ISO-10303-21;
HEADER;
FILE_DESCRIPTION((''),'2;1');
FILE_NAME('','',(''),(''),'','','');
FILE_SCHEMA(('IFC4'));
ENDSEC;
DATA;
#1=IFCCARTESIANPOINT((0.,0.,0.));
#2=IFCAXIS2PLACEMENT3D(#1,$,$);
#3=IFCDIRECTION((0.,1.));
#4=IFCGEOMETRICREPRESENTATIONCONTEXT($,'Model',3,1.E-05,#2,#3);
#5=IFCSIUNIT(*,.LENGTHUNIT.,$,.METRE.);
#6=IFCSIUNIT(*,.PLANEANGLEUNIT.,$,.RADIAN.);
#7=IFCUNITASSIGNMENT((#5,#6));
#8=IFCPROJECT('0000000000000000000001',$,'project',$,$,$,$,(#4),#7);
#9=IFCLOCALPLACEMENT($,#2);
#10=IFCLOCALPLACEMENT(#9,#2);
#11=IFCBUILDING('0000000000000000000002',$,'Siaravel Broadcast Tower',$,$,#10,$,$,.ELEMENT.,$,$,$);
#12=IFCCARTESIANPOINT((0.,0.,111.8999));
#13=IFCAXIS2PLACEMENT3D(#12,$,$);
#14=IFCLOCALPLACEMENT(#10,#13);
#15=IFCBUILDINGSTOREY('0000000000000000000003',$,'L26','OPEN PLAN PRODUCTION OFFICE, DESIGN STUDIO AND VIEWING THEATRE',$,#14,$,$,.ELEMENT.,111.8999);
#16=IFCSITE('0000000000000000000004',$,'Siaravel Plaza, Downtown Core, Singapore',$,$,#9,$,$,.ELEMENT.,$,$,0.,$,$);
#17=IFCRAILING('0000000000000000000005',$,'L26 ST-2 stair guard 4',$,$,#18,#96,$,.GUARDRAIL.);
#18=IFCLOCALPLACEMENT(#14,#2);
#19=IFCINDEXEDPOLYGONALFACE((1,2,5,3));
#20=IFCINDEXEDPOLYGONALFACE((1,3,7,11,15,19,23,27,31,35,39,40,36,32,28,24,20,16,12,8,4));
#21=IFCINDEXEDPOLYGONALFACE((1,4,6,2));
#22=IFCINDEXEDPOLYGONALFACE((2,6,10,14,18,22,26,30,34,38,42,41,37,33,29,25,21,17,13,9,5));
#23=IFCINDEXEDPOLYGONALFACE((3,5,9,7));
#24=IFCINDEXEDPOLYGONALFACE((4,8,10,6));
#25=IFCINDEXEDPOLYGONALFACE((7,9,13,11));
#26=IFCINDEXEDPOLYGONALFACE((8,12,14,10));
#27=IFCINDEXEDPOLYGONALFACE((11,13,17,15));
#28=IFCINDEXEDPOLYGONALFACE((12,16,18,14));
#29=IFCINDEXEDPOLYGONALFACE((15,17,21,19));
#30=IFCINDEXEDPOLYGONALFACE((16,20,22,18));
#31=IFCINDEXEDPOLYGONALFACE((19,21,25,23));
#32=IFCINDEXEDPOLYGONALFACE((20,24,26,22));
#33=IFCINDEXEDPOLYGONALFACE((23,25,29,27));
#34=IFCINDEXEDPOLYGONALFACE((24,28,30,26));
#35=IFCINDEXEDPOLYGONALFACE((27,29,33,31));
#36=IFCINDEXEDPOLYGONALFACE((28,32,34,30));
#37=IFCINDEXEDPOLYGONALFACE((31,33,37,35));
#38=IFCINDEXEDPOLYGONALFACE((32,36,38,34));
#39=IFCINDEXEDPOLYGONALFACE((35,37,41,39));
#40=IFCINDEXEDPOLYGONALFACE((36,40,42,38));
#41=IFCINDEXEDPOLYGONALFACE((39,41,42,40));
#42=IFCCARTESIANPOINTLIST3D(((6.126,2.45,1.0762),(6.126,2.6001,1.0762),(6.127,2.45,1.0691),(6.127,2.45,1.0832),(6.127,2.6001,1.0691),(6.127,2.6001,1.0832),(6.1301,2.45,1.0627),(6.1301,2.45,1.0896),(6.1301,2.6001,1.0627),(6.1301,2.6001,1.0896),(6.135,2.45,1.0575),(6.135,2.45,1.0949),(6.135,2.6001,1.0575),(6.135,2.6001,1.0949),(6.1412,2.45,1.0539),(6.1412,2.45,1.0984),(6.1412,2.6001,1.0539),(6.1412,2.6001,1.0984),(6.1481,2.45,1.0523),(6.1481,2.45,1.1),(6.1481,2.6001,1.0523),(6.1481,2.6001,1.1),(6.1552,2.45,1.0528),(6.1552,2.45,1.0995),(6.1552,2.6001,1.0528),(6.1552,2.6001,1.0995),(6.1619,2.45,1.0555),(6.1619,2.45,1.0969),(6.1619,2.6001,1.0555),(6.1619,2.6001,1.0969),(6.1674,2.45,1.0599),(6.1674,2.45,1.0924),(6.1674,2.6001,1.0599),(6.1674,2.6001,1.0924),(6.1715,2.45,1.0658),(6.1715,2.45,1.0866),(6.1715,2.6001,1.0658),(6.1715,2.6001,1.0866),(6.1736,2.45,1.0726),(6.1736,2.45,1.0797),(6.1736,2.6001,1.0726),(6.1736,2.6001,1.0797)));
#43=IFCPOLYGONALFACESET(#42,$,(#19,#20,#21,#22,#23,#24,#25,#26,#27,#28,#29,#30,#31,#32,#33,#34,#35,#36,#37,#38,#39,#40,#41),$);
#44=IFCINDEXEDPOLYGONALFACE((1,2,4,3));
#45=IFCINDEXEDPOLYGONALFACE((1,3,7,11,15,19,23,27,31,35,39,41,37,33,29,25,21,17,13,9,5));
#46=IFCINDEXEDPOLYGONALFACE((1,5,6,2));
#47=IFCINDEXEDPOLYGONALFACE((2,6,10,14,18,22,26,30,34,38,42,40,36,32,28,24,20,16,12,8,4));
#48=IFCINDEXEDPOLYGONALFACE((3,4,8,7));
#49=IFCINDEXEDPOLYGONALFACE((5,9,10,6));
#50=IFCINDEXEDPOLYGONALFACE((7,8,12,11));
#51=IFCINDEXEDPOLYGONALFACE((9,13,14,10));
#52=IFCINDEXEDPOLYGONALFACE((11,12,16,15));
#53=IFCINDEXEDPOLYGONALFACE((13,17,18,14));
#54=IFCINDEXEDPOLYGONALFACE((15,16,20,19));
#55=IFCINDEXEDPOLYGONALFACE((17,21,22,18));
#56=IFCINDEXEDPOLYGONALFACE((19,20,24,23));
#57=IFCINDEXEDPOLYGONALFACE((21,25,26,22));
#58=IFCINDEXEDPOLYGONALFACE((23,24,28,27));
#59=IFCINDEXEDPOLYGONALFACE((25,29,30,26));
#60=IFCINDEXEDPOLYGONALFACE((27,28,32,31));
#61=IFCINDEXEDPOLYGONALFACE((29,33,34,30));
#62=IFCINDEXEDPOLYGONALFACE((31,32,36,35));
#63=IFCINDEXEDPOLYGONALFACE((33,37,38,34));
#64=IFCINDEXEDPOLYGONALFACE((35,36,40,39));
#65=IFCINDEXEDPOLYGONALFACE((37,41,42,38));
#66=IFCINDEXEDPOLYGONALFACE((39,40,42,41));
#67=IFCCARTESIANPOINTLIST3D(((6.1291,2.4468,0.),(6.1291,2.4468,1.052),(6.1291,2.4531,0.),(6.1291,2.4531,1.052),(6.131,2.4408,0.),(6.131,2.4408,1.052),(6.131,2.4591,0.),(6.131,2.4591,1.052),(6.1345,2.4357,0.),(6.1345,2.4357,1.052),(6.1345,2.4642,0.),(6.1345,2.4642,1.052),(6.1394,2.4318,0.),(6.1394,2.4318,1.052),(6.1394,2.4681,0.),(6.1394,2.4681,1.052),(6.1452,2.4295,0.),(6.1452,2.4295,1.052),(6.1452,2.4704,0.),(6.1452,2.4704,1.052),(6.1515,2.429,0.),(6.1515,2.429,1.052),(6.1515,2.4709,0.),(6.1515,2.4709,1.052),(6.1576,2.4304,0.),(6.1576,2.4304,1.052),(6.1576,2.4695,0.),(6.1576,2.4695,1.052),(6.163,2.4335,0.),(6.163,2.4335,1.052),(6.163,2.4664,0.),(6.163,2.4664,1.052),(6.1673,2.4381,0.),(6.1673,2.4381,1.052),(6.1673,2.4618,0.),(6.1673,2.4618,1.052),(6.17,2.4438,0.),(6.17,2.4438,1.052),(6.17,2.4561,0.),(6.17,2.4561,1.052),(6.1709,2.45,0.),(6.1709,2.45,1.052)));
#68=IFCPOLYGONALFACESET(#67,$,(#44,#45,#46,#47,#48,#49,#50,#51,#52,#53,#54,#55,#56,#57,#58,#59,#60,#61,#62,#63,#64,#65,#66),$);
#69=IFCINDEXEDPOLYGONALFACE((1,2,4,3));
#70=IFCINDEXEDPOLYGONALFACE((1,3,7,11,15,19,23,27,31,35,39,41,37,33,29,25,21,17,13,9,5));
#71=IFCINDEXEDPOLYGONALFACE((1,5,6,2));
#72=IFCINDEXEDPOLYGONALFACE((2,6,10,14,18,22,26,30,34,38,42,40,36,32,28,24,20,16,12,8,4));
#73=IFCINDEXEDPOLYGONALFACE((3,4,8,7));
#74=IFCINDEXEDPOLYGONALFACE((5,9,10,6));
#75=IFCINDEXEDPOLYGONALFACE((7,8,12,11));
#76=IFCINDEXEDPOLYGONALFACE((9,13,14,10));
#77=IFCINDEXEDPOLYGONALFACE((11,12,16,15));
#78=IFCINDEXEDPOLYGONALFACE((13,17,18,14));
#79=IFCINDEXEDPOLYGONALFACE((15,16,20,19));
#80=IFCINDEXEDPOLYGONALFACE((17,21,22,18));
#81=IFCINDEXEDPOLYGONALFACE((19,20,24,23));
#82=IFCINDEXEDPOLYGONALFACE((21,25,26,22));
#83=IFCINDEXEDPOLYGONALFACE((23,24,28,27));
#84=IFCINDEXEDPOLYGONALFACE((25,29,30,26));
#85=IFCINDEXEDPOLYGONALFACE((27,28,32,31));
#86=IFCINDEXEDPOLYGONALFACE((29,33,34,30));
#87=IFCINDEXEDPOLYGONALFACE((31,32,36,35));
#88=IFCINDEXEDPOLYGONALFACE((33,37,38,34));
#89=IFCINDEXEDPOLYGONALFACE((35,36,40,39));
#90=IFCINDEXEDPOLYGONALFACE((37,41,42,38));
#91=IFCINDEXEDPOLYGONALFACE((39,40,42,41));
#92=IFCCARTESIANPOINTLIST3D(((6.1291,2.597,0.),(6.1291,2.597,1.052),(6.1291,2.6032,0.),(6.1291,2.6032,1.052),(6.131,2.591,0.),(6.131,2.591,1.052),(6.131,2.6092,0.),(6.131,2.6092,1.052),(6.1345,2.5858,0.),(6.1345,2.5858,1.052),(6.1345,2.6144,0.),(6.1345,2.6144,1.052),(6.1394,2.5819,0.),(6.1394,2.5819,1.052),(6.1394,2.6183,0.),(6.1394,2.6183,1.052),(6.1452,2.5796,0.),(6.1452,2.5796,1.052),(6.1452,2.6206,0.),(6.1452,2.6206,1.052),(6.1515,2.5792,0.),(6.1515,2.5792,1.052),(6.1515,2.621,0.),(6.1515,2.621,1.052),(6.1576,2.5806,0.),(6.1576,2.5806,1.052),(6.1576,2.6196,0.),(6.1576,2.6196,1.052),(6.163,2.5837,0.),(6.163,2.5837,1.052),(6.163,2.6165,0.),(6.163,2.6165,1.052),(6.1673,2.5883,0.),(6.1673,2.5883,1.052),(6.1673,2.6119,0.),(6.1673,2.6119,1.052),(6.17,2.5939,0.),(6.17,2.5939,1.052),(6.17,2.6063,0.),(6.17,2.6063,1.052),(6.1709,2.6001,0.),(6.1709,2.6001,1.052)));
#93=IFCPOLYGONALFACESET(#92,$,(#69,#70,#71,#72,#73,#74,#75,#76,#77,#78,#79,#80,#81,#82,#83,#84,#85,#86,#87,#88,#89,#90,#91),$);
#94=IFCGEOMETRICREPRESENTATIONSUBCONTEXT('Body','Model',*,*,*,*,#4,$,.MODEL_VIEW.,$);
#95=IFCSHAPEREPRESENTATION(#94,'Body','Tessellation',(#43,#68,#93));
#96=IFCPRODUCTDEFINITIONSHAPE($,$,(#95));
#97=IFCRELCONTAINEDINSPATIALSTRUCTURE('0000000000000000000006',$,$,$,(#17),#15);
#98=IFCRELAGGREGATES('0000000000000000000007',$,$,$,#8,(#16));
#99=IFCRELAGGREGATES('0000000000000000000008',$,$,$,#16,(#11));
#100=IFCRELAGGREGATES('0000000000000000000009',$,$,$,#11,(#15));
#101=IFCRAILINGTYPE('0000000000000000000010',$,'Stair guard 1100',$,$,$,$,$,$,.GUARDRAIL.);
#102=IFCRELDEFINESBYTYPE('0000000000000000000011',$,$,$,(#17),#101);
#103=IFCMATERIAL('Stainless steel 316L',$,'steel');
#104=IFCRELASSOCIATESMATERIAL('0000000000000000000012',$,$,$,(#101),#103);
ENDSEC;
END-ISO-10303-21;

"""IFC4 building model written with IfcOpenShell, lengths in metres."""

from ifc_helpers import new_model, si_unit, direction, frame, origin, origin_2d, place, context, subcontext, project, spatial, circle, extrude, material, type_object, element, save


model = new_model("IFC4")

# Units and contexts
model_context = context("Model", 3, precision=1e-05, world=origin(), true_north=direction((0.0, 1.0)))
body_context = subcontext(model_context, "Body", "Model", "MODEL_VIEW")
ifc_project = project(units=[si_unit("LENGTHUNIT", "METRE"), si_unit("PLANEANGLEUNIT", "RADIAN")], contexts=[model_context])

# Site, building, storey
site_placement = place(None, origin())
site = spatial("IfcSite", under=ifc_project, at=site_placement, Name="Siaravel Plaza, Downtown Core, Singapore", CompositionType="ELEMENT", RefElevation=0.0)
building_placement = place(site_placement, origin())
building = spatial("IfcBuilding", under=site, at=building_placement, Name="Siaravel Broadcast Tower", CompositionType="ELEMENT")
storey_placement = place(building_placement, frame((0.0, 0.0, 111.8999)))
storey = spatial("IfcBuildingStorey", under=building, at=storey_placement, Name="L26", Description="OPEN PLAN PRODUCTION OFFICE, DESIGN STUDIO AND VIEWING THEATRE", CompositionType="ELEMENT", Elevation=111.8999)

# Railing
ifc_material_1 = material(Name="Stainless steel 316L", Category="steel")
railing_type_1 = type_object("IfcRailingType", Name="Stair guard 1100", PredefinedType="GUARDRAIL", material=ifc_material_1)
railing_1_placement = place(storey_placement, frame((6.1499, 2.45, 0.0)))
element("IfcRailing", 1, at=railing_1_placement, inside=storey, type_object=railing_type_1, Name="L26 ST-2 stair guard 4", PredefinedType="GUARDRAIL", context=body_context, shape_type="SweptSolid", body=[
    extrude(circle(Radius=0.0239, at=origin_2d()), frame((0.0, 0.0, 1.0762), z_axis=(0.0, 1.0, 0.0), x_axis=(-1.0, 0.0, 0.0)), (0.0, 0.0, 1.0), 0.1501),
    extrude(circle(Radius=0.021, at=origin_2d()), origin(), (0.0, 0.0, 1.0), 1.052),
    extrude(circle(Radius=0.021, at=origin_2d()), frame((0.0, 0.1501, 0.0)), (0.0, 0.0, 1.0), 1.052),
])

save(model, "model.ifc")
